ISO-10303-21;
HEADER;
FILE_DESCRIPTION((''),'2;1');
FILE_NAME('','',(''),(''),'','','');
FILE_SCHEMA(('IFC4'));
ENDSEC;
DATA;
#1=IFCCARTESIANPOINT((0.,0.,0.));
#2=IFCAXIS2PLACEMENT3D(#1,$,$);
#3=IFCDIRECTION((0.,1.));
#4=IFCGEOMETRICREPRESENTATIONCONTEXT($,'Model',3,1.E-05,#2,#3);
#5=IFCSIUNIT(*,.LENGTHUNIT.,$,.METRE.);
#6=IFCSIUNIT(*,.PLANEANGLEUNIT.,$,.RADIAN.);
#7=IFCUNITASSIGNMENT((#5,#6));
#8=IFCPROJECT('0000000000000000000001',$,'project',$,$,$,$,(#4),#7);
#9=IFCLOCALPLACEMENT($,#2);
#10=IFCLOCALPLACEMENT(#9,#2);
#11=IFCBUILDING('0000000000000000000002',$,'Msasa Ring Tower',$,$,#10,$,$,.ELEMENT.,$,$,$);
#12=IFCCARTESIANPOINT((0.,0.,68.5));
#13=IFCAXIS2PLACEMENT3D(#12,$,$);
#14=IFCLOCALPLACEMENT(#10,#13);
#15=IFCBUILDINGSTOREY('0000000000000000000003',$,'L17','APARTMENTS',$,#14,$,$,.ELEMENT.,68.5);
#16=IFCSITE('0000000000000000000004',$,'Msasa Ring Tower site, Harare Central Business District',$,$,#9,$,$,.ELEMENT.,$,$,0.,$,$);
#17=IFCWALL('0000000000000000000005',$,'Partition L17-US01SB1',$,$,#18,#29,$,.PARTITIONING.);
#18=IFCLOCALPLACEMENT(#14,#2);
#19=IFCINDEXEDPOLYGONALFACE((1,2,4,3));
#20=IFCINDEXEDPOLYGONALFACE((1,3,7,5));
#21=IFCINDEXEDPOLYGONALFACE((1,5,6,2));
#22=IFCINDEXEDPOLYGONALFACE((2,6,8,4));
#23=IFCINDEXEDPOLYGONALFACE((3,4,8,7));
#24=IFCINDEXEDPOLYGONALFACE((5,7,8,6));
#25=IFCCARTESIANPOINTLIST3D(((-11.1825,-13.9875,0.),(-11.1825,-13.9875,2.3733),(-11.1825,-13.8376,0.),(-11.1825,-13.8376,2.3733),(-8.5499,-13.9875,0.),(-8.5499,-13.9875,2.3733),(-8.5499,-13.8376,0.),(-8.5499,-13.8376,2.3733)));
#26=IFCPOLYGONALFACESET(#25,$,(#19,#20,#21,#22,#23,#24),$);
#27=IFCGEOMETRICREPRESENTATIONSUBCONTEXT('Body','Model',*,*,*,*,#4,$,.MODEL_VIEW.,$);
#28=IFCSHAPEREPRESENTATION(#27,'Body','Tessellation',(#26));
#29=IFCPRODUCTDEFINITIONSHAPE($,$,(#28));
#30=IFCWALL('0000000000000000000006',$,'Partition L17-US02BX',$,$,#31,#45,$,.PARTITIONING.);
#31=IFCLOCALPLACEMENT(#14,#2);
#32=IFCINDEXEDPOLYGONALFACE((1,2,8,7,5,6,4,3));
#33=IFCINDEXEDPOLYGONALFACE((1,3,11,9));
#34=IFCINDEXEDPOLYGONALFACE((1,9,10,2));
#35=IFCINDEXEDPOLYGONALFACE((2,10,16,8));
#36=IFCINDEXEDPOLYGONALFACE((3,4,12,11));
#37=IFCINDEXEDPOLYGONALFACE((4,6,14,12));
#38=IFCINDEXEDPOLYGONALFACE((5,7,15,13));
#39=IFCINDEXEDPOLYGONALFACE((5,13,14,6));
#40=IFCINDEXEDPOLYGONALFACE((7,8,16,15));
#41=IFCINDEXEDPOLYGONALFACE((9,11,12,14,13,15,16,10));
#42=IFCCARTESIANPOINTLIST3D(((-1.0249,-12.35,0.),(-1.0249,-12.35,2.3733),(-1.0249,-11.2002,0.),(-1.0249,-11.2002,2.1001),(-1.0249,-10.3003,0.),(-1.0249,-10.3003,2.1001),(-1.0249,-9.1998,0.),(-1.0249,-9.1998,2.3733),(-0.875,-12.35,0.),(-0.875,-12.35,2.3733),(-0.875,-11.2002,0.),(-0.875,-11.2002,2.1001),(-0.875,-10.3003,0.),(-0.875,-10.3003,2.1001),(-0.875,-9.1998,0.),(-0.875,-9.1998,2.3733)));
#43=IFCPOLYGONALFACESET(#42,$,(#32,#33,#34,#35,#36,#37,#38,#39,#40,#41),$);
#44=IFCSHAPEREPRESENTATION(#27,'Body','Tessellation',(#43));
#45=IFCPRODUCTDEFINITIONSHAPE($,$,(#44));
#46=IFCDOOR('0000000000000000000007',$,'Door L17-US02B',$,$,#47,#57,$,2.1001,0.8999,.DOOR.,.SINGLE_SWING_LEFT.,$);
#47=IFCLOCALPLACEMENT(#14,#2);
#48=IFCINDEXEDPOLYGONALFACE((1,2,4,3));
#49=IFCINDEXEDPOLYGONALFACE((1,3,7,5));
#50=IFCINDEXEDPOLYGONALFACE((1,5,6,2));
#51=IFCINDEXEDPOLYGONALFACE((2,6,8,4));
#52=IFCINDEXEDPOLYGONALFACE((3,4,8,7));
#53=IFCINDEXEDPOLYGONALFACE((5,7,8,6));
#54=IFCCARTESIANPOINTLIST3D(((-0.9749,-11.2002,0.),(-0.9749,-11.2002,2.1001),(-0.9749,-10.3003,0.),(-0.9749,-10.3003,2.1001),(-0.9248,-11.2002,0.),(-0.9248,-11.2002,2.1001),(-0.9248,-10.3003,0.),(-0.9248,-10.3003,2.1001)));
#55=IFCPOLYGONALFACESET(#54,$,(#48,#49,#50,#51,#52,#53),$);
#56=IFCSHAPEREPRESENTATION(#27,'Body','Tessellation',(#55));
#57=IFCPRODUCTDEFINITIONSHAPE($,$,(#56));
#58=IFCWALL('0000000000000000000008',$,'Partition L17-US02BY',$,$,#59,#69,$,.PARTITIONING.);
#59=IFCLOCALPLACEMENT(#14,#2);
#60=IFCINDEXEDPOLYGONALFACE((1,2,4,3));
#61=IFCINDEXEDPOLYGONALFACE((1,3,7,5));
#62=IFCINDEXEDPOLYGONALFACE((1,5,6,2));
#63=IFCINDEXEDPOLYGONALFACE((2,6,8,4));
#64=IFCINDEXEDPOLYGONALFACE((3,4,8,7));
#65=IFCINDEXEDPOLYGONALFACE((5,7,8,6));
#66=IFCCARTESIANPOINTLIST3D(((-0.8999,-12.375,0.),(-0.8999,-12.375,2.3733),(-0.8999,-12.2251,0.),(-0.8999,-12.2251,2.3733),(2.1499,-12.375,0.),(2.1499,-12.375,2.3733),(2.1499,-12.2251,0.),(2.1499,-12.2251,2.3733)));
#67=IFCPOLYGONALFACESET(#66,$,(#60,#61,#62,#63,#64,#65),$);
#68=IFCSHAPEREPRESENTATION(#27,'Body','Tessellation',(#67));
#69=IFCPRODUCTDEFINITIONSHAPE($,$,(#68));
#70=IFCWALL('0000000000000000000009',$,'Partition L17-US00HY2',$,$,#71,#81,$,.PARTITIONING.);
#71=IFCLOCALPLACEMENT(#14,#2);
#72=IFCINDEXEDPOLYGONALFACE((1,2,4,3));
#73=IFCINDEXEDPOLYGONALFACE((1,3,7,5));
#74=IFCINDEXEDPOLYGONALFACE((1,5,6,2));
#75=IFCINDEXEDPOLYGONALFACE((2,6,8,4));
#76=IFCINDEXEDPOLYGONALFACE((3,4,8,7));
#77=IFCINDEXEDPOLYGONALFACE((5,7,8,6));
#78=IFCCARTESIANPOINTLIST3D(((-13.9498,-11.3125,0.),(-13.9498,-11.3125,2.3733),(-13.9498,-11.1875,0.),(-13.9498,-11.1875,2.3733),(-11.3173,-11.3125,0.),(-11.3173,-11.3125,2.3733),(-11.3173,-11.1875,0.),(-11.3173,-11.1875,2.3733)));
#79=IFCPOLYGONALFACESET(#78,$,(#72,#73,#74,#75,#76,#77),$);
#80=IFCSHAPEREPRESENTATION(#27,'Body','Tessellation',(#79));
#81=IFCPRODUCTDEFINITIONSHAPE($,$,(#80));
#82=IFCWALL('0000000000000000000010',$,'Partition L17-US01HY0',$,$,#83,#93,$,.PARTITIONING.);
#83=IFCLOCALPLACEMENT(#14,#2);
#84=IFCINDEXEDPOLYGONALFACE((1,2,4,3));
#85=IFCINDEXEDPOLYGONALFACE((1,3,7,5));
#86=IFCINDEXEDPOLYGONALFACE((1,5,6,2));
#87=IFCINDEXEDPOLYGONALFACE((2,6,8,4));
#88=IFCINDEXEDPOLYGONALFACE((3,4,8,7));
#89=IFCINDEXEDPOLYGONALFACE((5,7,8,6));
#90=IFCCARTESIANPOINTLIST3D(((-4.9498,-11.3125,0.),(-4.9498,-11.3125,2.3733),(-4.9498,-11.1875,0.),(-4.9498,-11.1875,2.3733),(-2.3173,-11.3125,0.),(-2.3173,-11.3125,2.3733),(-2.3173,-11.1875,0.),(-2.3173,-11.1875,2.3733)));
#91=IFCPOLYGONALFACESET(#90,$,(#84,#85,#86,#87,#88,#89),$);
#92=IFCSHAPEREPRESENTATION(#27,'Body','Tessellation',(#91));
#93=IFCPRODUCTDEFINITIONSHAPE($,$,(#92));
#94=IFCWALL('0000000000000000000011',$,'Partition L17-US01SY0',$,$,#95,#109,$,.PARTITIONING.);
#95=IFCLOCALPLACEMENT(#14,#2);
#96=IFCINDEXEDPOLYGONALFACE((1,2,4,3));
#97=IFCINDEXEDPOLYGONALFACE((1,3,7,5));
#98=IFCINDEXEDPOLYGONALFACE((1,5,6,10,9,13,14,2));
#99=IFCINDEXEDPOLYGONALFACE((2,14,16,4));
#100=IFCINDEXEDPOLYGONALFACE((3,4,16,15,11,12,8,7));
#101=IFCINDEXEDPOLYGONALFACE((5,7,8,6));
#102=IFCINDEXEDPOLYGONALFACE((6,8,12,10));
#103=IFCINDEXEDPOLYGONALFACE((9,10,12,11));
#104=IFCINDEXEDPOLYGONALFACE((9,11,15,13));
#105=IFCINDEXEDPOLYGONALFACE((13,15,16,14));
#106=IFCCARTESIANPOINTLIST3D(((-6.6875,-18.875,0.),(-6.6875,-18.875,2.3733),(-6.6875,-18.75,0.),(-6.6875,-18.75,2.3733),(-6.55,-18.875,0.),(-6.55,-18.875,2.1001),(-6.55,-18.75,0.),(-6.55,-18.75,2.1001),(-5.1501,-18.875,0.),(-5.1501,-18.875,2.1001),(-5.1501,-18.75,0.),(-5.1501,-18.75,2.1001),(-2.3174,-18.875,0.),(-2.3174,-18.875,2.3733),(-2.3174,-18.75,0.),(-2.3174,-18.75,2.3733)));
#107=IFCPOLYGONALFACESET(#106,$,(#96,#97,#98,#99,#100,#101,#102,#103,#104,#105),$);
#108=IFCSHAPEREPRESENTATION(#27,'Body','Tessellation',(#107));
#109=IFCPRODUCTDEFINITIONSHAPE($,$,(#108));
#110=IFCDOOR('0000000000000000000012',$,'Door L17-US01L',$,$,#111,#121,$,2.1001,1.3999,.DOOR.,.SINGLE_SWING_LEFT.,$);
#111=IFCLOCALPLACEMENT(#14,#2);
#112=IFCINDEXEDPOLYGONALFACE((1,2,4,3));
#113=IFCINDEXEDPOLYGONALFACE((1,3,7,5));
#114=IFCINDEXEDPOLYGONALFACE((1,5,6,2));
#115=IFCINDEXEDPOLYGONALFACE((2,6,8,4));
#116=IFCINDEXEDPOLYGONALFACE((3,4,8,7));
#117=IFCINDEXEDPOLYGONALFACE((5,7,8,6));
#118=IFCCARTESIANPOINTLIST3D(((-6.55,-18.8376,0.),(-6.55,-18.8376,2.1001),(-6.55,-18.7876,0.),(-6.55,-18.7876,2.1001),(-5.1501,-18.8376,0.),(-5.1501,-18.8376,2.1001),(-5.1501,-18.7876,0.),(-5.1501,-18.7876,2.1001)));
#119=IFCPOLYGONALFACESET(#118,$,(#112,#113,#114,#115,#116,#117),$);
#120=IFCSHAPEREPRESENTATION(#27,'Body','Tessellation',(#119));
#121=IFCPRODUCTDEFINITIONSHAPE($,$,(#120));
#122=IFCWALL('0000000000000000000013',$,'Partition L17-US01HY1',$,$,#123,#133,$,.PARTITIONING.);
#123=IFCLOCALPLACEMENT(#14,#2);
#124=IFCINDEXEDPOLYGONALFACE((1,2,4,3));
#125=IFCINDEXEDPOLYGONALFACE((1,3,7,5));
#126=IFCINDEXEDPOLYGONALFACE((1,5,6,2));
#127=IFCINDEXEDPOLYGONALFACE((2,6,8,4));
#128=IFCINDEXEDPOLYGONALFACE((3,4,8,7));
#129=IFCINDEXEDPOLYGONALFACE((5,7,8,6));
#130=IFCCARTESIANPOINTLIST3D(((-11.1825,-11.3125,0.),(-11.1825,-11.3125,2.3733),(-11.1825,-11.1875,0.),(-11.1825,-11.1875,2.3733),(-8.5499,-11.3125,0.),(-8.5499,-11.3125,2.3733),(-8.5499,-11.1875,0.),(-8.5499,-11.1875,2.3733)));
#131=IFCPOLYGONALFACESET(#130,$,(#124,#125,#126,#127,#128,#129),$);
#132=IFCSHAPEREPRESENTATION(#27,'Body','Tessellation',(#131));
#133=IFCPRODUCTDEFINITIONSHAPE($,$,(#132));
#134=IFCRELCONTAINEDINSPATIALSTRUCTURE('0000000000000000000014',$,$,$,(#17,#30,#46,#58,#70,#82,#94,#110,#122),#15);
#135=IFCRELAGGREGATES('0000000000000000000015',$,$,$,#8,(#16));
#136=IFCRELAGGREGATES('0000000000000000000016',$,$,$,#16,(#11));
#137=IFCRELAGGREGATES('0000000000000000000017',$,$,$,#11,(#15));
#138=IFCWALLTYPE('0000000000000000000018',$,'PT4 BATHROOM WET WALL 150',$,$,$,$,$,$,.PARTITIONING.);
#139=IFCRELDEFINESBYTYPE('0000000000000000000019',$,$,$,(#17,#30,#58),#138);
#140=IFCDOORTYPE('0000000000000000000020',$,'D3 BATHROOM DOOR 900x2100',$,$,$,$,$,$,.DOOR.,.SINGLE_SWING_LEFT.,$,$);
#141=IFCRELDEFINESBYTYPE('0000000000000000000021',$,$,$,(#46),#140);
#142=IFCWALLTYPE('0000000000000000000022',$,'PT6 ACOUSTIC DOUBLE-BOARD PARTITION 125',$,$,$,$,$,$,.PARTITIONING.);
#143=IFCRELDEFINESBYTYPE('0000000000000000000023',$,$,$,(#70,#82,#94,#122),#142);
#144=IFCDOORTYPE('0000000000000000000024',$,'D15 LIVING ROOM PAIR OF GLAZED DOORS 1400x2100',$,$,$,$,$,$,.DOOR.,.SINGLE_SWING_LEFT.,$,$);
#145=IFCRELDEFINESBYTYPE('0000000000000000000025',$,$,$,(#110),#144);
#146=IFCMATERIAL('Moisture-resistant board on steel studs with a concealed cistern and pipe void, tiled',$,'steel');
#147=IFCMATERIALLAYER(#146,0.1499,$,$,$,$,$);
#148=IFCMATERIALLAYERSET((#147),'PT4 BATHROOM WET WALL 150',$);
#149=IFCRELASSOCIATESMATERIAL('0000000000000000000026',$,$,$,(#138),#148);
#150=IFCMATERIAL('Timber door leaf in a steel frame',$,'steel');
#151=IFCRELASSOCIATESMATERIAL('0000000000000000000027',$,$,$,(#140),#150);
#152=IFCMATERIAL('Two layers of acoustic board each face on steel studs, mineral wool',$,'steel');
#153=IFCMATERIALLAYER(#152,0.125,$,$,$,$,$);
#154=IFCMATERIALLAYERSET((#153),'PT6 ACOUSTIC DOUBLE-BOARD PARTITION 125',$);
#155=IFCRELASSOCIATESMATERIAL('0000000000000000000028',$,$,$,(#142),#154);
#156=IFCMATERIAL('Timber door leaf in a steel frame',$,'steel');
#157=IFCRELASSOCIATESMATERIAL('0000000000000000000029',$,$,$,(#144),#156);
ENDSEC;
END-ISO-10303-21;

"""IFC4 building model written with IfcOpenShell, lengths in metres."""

from ifc_helpers import new_model, si_unit, direction, frame, frame_2d, origin, place, context, subcontext, project, spatial, rectangle, extrude, material, layer, layer_set, type_object, element, fill, save


model = new_model("IFC4")

# Units and contexts
model_context = context("Model", 3, precision=1e-05, world=origin(), true_north=direction((0.0, 1.0)))
body_context = subcontext(model_context, "Body", "Model", "MODEL_VIEW")
ifc_project = project(units=[si_unit("LENGTHUNIT", "METRE"), si_unit("PLANEANGLEUNIT", "RADIAN")], contexts=[model_context])

# Site, building, storey
site_placement = place(None, origin())
site = spatial("IfcSite", under=ifc_project, at=site_placement, Name="Msasa Ring Tower site, Harare Central Business District", CompositionType="ELEMENT", RefElevation=0.0)
building_placement = place(site_placement, origin())
building = spatial("IfcBuilding", under=site, at=building_placement, Name="Msasa Ring Tower", CompositionType="ELEMENT")
storey_placement = place(building_placement, frame((0.0, 0.0, 68.5)))
storey = spatial("IfcBuildingStorey", under=building, at=storey_placement, Name="L17", Description="APARTMENTS", CompositionType="ELEMENT", Elevation=68.5)

# Shared definitions
ifc_material_1 = material(Name="Moisture-resistant board on steel studs with a concealed cistern and pipe void, tiled", Category="steel")
ifc_layer_1 = layer(ifc_material_1, 0.1499)
ifc_layer_set_1 = layer_set([ifc_layer_1], Name="PT4 BATHROOM WET WALL 150")
wall_type_1 = type_object("IfcWallType", Name="PT4 BATHROOM WET WALL 150", PredefinedType="PARTITIONING", material=ifc_layer_set_1)

# Wall
wall_1_placement = place(storey_placement, frame((-11.1826, -13.9126, 0.0), z_axis=(0.0, 0.0, 1.0), x_axis=(1.0, 0.0, 0.0)))
element("IfcWall", 1, at=wall_1_placement, inside=storey, type_object=wall_type_1, Name="Partition L17-US01SB1", PredefinedType="PARTITIONING", context=body_context, shape_type="SweptSolid", body=[
    extrude(rectangle(XDim=2.6326, YDim=0.1499, at=frame_2d((1.3164, 0.0))), origin(), (0.0, 0.0, 1.0), 2.3733),
])

# Wall, opening, door
wall_2_placement = place(storey_placement, frame((-0.95, -12.3501, 0.0), z_axis=(0.0, 0.0, 1.0), x_axis=(0.0, 1.0, 0.0)))
wall_2 = element("IfcWall", 2, at=wall_2_placement, inside=storey, type_object=wall_type_1, Name="Partition L17-US02BX", PredefinedType="PARTITIONING", context=body_context, shape_type="SweptSolid", body=[
    extrude(rectangle(XDim=3.1501, YDim=0.1499, at=frame_2d((1.5752, 0.0))), origin(), (0.0, 0.0, 1.0), 2.3733),
])
opening_1_placement = place(wall_2_placement, frame((1.1499, 0.0, 0.0)))
opening_1 = element("IfcOpeningElement", 3, at=opening_1_placement, cuts=wall_2, PredefinedType="OPENING", context=body_context, shape_type="SweptSolid", body=[
    extrude(rectangle(XDim=0.8999, YDim=2.1001, at=frame_2d((0.45, 1.05))), frame((0.0, 0.085, 0.0), z_axis=(0.0, -1.0, 0.0), x_axis=(1.0, 0.0, 0.0)), (0.0, 0.0, 1.0), 0.1699),
])
ifc_material_2 = material(Name="Timber door leaf in a steel frame", Category="steel")
door_type_1 = type_object("IfcDoorType", Name="D3 BATHROOM DOOR 900x2100", OperationType="SINGLE_SWING_LEFT", PredefinedType="DOOR", material=ifc_material_2)
door_1_placement = place(opening_1_placement, origin())
door_1 = element("IfcDoor", 4, at=door_1_placement, inside=storey, type_object=door_type_1, Name="Door L17-US02B", OperationType="SINGLE_SWING_LEFT", OverallHeight=2.1001, OverallWidth=0.8999, PredefinedType="DOOR", context=body_context, shape_type="SweptSolid", body=[
    extrude(rectangle(XDim=0.8999, YDim=2.1001, at=frame_2d((0.45, 1.05))), frame((0.0, 0.0249, 0.0), z_axis=(0.0, -1.0, 0.0), x_axis=(1.0, 0.0, 0.0)), (0.0, 0.0, 1.0), 0.05),
])
fill(opening_1, door_1)

# Walls
wall_3_placement = place(storey_placement, frame((-0.8999, -12.3, 0.0), z_axis=(0.0, 0.0, 1.0), x_axis=(1.0, 0.0, 0.0)))
element("IfcWall", 5, at=wall_3_placement, inside=storey, type_object=wall_type_1, Name="Partition L17-US02BY", PredefinedType="PARTITIONING", context=body_context, shape_type="SweptSolid", body=[
    extrude(rectangle(XDim=3.0498, YDim=0.1499, at=frame_2d((1.5249, 0.0))), origin(), (0.0, 0.0, 1.0), 2.3733),
])
ifc_material_3 = material(Name="Two layers of acoustic board each face on steel studs, mineral wool", Category="steel")
ifc_layer_2 = layer(ifc_material_3, 0.125)
ifc_layer_set_2 = layer_set([ifc_layer_2], Name="PT6 ACOUSTIC DOUBLE-BOARD PARTITION 125")
wall_type_2 = type_object("IfcWallType", Name="PT6 ACOUSTIC DOUBLE-BOARD PARTITION 125", PredefinedType="PARTITIONING", material=ifc_layer_set_2)
for number, where, z_axis, x_axis, name in (
    (6, (-13.95, -11.25, 0.0), (0.0, 0.0, 1.0), (1.0, 0.0, 0.0), "Partition L17-US00HY2"),
    (7, (-4.95, -11.25, 0.0), (0.0, 0.0, 1.0), (1.0, 0.0, 0.0), "Partition L17-US01HY0"),
):
    element("IfcWall", number, at=place(storey_placement, frame(where, z_axis=z_axis, x_axis=x_axis)), inside=storey, type_object=wall_type_2, Name=name, PredefinedType="PARTITIONING", context=body_context, shape_type="SweptSolid", body=[
        extrude(rectangle(XDim=2.6326, YDim=0.125, at=frame_2d((1.3164, 0.0))), origin(), (0.0, 0.0, 1.0), 2.3733),
    ])

# Wall, opening, door
wall_4_placement = place(storey_placement, frame((-6.6875, -18.8125, 0.0), z_axis=(0.0, 0.0, 1.0), x_axis=(1.0, 0.0, 0.0)))
wall_4 = element("IfcWall", 8, at=wall_4_placement, inside=storey, type_object=wall_type_2, Name="Partition L17-US01SY0", PredefinedType="PARTITIONING", context=body_context, shape_type="SweptSolid", body=[
    extrude(rectangle(XDim=4.3701, YDim=0.125, at=frame_2d((2.1851, 0.0))), origin(), (0.0, 0.0, 1.0), 2.3733),
])
opening_2_placement = place(wall_4_placement, frame((0.1375, 0.0, 0.0)))
opening_2 = element("IfcOpeningElement", 9, at=opening_2_placement, cuts=wall_4, PredefinedType="OPENING", context=body_context, shape_type="SweptSolid", body=[
    extrude(rectangle(XDim=1.3999, YDim=2.1001, at=frame_2d((0.7, 1.05))), frame((0.0, 0.0725, 0.0), z_axis=(0.0, -1.0, 0.0), x_axis=(1.0, 0.0, 0.0)), (0.0, 0.0, 1.0), 0.145),
])
ifc_material_4 = material(Name="Timber door leaf in a steel frame", Category="steel")
door_type_2 = type_object("IfcDoorType", Name="D15 LIVING ROOM PAIR OF GLAZED DOORS 1400x2100", OperationType="SINGLE_SWING_LEFT", PredefinedType="DOOR", material=ifc_material_4)
door_2_placement = place(opening_2_placement, origin())
door_2 = element("IfcDoor", 10, at=door_2_placement, inside=storey, type_object=door_type_2, Name="Door L17-US01L", OperationType="SINGLE_SWING_LEFT", OverallHeight=2.1001, OverallWidth=1.3999, PredefinedType="DOOR", context=body_context, shape_type="SweptSolid", body=[
    extrude(rectangle(XDim=1.3999, YDim=2.1001, at=frame_2d((0.7, 1.05))), frame((0.0, 0.0249, 0.0), z_axis=(0.0, -1.0, 0.0), x_axis=(1.0, 0.0, 0.0)), (0.0, 0.0, 1.0), 0.05),
])
fill(opening_2, door_2)

# Wall
wall_5_placement = place(storey_placement, frame((-11.1826, -11.25, 0.0), z_axis=(0.0, 0.0, 1.0), x_axis=(1.0, 0.0, 0.0)))
element("IfcWall", 11, at=wall_5_placement, inside=storey, type_object=wall_type_2, Name="Partition L17-US01HY1", PredefinedType="PARTITIONING", context=body_context, shape_type="SweptSolid", body=[
    extrude(rectangle(XDim=2.6326, YDim=0.125, at=frame_2d((1.3164, 0.0))), origin(), (0.0, 0.0, 1.0), 2.3733),
])

save(model, "model.ifc")
